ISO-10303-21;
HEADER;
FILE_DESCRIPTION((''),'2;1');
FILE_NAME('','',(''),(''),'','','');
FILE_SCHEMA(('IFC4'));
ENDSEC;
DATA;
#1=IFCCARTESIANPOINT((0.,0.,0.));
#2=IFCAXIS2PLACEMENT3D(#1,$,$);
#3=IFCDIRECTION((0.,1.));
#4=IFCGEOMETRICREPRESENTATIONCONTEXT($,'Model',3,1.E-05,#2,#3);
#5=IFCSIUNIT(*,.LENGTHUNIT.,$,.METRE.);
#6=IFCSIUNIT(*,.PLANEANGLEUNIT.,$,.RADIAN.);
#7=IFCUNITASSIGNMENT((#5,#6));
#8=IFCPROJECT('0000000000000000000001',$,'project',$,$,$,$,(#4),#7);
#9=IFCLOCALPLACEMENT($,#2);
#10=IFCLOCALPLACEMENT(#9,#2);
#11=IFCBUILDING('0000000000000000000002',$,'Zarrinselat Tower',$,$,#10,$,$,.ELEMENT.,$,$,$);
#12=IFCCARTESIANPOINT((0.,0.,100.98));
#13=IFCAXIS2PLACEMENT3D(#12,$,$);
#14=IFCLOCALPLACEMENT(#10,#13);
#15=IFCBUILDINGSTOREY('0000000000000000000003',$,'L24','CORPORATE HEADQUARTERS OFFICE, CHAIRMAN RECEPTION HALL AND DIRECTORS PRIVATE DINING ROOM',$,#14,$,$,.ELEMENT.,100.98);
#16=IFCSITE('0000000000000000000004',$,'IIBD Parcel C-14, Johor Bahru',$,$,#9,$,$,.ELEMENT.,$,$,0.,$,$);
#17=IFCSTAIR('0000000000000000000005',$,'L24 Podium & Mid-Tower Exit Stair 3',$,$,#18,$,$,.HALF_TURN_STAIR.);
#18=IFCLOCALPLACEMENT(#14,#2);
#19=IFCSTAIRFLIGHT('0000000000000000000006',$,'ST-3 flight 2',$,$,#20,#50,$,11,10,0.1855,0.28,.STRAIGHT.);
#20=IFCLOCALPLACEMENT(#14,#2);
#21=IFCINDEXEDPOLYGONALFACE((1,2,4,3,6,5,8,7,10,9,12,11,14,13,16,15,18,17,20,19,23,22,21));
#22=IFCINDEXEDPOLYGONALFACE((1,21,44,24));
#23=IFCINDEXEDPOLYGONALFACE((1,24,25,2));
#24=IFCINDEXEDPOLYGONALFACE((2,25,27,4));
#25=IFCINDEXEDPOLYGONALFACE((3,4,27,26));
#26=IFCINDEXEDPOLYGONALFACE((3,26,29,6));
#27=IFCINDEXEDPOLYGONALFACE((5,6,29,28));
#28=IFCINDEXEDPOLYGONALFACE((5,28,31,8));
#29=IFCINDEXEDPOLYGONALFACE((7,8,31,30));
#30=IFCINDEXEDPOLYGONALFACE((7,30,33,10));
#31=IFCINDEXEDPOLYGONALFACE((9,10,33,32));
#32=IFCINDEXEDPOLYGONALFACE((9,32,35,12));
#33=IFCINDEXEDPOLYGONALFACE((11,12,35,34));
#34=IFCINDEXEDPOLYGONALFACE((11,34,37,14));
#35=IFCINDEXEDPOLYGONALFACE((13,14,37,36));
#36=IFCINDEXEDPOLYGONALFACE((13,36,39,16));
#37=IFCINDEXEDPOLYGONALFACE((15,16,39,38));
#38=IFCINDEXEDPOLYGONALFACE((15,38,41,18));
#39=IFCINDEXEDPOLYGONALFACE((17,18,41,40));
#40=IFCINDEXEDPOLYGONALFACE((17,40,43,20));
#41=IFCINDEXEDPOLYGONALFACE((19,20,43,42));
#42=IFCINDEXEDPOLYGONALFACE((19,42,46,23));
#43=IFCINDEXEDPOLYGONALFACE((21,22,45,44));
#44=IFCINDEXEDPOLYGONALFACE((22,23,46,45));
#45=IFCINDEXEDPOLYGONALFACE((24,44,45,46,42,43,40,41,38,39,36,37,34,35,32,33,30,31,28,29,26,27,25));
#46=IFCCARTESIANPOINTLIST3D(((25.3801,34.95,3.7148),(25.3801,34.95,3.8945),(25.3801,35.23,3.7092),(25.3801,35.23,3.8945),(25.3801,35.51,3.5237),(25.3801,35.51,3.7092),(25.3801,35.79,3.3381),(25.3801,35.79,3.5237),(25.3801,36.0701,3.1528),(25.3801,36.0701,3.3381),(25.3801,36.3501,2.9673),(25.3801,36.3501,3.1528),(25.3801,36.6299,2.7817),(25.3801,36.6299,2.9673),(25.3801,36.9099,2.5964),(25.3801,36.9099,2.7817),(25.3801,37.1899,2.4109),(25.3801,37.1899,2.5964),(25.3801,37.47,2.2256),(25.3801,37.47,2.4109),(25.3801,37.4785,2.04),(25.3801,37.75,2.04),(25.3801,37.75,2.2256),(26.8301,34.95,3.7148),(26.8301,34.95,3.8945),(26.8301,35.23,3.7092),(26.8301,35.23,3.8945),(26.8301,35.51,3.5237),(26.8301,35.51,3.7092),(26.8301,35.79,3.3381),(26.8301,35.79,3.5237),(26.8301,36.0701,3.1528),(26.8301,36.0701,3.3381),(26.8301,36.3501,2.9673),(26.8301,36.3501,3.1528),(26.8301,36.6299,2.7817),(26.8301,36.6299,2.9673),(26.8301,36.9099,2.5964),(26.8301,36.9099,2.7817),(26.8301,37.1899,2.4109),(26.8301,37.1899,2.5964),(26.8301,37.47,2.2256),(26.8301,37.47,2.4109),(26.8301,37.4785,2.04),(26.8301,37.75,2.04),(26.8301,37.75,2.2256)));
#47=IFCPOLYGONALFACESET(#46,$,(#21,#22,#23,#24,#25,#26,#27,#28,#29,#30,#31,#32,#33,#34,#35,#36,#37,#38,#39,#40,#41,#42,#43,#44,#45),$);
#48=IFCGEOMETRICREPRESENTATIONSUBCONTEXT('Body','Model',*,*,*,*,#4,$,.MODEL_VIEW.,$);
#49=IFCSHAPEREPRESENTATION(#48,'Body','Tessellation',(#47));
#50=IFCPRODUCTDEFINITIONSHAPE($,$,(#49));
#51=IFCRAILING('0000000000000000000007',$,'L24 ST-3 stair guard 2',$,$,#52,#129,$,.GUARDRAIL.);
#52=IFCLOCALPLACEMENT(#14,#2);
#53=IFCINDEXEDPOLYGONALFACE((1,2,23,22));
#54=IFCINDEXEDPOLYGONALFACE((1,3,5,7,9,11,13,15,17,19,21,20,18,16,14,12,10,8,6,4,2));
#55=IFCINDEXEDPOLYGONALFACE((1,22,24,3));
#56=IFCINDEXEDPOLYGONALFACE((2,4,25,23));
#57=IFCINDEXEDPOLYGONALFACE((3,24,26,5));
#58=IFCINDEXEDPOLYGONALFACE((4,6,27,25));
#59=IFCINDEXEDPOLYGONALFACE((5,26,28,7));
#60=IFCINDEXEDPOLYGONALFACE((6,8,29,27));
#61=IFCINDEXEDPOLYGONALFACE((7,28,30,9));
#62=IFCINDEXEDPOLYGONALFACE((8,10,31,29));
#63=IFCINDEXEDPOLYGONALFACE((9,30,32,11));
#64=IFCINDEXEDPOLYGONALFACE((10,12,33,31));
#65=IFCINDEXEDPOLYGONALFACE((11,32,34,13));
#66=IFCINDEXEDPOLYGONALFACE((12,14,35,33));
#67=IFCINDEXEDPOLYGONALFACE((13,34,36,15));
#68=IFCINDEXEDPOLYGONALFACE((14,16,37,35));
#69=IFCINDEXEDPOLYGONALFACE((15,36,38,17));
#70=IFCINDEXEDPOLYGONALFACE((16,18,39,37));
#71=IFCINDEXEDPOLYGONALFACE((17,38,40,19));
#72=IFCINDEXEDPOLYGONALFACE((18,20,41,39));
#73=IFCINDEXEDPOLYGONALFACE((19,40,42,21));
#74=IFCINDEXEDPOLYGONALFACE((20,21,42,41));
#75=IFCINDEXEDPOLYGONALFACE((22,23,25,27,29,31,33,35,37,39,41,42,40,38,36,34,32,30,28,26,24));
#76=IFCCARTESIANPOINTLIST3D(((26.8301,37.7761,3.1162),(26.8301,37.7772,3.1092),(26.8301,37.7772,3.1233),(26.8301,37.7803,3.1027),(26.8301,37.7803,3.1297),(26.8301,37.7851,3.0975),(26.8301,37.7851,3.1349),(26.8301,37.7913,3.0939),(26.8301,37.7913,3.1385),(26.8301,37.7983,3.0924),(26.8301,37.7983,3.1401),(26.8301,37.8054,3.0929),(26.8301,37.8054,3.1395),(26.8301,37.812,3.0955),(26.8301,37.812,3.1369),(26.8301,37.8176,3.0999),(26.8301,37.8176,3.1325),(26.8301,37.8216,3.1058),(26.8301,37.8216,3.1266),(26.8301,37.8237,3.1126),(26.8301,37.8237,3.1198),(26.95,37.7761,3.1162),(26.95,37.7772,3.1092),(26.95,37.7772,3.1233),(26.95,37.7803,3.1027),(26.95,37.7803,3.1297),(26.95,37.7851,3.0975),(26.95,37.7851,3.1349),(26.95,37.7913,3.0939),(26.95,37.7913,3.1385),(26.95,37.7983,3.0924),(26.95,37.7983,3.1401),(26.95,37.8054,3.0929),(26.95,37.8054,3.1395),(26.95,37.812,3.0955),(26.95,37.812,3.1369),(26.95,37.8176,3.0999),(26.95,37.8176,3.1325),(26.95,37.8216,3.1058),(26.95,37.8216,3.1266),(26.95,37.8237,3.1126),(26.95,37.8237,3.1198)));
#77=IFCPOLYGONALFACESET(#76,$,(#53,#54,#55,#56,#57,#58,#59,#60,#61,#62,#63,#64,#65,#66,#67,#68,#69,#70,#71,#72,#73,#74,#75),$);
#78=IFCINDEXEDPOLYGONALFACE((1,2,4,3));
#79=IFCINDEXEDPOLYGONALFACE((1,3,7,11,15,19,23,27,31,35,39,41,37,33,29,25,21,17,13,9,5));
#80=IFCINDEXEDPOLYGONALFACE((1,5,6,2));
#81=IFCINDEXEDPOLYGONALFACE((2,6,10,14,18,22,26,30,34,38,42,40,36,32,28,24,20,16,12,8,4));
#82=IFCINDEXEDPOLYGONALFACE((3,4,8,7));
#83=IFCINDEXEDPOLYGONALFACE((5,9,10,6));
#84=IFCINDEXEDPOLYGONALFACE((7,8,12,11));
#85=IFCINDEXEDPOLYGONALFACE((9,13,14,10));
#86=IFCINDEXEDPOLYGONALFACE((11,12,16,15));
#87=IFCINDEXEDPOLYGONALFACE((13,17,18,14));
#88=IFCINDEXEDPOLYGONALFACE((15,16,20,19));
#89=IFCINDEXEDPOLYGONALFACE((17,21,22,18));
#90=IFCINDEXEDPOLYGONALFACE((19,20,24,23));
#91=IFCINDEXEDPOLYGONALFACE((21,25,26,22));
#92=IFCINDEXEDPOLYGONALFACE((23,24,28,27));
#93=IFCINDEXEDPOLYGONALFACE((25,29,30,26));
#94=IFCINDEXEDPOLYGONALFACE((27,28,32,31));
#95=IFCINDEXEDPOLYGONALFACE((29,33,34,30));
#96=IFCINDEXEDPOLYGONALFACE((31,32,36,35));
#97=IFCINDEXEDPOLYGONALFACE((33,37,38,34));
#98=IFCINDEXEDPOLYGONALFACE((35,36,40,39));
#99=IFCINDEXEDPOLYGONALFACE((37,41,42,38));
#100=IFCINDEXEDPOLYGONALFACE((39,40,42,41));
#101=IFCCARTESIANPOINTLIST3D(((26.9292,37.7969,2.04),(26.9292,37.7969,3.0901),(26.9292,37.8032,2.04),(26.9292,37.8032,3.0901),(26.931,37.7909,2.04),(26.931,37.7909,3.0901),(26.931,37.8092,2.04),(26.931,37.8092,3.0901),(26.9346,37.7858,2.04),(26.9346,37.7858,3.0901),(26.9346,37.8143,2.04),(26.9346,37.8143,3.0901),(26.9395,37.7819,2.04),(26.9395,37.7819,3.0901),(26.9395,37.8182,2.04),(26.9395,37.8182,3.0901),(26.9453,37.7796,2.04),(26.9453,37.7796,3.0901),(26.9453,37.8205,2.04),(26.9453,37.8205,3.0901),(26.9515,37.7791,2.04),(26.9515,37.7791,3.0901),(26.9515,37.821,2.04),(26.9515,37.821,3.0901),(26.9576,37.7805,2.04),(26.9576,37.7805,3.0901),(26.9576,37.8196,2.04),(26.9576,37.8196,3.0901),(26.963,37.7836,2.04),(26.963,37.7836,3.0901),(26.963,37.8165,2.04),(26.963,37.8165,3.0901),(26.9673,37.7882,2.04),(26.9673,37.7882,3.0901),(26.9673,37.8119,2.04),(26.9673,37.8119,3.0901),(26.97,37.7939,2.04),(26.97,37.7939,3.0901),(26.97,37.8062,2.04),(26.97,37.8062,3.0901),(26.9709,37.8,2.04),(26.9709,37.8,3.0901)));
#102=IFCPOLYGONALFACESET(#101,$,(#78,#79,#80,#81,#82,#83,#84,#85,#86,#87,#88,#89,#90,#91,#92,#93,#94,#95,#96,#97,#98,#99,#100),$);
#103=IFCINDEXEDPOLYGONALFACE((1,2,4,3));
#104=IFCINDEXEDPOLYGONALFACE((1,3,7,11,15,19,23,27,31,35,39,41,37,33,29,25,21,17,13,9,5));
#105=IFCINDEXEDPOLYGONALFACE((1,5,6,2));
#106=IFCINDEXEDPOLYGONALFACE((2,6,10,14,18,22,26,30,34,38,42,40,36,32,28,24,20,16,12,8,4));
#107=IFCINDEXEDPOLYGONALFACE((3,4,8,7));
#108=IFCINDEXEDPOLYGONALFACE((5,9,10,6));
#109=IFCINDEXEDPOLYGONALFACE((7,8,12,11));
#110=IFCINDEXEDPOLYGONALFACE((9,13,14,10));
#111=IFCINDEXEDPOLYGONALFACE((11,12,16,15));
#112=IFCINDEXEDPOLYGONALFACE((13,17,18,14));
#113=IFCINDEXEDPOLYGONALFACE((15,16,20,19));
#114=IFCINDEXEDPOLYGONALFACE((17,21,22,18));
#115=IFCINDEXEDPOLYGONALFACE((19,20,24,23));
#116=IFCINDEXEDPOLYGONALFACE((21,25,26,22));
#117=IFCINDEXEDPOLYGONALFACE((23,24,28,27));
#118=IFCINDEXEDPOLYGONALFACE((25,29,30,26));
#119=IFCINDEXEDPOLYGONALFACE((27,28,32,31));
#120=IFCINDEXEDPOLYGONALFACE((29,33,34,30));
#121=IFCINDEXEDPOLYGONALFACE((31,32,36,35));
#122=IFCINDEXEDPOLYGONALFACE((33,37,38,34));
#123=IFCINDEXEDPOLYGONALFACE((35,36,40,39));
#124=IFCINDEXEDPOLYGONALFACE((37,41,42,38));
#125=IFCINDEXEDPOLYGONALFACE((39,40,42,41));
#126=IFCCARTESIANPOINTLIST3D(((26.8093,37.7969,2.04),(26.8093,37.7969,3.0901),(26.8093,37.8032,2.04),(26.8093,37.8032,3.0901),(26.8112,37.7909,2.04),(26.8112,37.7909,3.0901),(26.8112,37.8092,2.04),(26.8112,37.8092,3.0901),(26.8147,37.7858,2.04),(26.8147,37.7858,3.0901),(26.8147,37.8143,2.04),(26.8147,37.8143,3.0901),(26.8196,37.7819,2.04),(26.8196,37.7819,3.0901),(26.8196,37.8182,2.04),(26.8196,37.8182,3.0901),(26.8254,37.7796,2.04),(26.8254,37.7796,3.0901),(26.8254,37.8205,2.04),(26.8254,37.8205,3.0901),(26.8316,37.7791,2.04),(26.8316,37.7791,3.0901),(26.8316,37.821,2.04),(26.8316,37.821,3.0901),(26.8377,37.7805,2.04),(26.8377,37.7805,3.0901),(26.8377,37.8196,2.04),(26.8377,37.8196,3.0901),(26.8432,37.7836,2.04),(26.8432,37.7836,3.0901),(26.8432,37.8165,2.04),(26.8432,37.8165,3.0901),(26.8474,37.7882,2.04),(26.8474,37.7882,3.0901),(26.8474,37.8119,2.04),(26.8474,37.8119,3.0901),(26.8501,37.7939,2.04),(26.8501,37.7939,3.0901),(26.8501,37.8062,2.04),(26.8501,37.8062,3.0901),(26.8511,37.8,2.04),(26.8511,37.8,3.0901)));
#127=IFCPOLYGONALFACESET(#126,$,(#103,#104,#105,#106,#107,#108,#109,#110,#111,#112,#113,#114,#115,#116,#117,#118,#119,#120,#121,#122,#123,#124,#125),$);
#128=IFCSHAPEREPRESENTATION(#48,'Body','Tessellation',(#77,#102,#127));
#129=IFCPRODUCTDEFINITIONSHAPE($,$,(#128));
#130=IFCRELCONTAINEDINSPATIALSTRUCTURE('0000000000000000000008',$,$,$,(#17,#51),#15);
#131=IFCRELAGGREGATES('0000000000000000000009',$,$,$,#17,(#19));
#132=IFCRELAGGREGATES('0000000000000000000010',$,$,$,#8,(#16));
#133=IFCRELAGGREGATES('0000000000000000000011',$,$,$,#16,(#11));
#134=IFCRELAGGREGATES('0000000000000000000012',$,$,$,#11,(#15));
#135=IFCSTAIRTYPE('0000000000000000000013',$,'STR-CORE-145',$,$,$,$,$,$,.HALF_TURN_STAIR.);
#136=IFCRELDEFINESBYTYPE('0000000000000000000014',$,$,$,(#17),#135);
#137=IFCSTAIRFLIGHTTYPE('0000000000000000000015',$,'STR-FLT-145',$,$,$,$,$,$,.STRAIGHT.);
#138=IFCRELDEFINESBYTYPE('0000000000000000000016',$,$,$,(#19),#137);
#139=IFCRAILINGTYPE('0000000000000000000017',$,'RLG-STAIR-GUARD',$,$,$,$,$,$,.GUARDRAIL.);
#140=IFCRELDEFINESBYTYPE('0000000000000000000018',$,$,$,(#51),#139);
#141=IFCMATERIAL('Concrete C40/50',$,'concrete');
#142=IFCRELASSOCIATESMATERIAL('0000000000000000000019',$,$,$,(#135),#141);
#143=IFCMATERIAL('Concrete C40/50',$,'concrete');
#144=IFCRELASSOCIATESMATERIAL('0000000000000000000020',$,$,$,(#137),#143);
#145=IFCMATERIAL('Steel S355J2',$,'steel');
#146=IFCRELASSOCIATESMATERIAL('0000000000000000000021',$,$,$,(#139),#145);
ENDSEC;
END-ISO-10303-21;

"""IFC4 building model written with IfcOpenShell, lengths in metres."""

from ifc_helpers import new_model, si_unit, direction, frame, origin, origin_2d, place, context, subcontext, project, spatial, polyline, circle, outline, extrude, material, type_object, element, aggregate, save


model = new_model("IFC4")

# Units and contexts
model_context = context("Model", 3, precision=1e-05, world=origin(), true_north=direction((0.0, 1.0)))
body_context = subcontext(model_context, "Body", "Model", "MODEL_VIEW")
ifc_project = project(units=[si_unit("LENGTHUNIT", "METRE"), si_unit("PLANEANGLEUNIT", "RADIAN")], contexts=[model_context])

# Site, building, storey
site_placement = place(None, origin())
site = spatial("IfcSite", under=ifc_project, at=site_placement, Name="IIBD Parcel C-14, Johor Bahru", CompositionType="ELEMENT", RefElevation=0.0)
building_placement = place(site_placement, origin())
building = spatial("IfcBuilding", under=site, at=building_placement, Name="Zarrinselat Tower", CompositionType="ELEMENT")
storey_placement = place(building_placement, frame((0.0, 0.0, 100.98)))
storey = spatial("IfcBuildingStorey", under=building, at=storey_placement, Name="L24", Description="CORPORATE HEADQUARTERS OFFICE, CHAIRMAN RECEPTION HALL AND DIRECTORS PRIVATE DINING ROOM", CompositionType="ELEMENT", Elevation=100.98)

# Stair, stair flight
ifc_material_1 = material(Name="Concrete C40/50", Category="concrete")
stair_type = type_object("IfcStairType", Name="STR-CORE-145", PredefinedType="HALF_TURN_STAIR", material=ifc_material_1)
stair_placement = place(storey_placement, origin())
stair = element("IfcStair", 1, at=stair_placement, inside=storey, type_object=stair_type, Name="L24 Podium & Mid-Tower Exit Stair 3", PredefinedType="HALF_TURN_STAIR")
ifc_material_2 = material(Name="Concrete C40/50", Category="concrete")
stair_flight_type = type_object("IfcStairFlightType", Name="STR-FLT-145", PredefinedType="STRAIGHT", material=ifc_material_2)
stair_flight_placement = place(storey_placement, frame((26.105, 37.75, 2.04), z_axis=(0.0, 0.0, 1.0), x_axis=(0.0, -1.0, 0.0)))
stair_flight = element("IfcStairFlight", 2, at=stair_flight_placement, type_object=stair_flight_type, Name="ST-3 flight 2", NumberOfRisers=11, NumberOfTreads=10, PredefinedType="STRAIGHT", RiserHeight=0.1855, TreadLength=0.28, context=body_context, shape_type="SweptSolid", body=[
    extrude(outline(polyline([(0.0, 0.0), (0.0, 0.1855), (0.28, 0.1855), (0.28, 0.3708), (0.5601, 0.3708), (0.5601, 0.5564), (0.8401, 0.5564), (0.8401, 0.7417), (1.1201, 0.7417), (1.1201, 0.9272), (1.3999, 0.9272), (1.3999, 1.1128), (1.6799, 1.1128), (1.6799, 1.2981), (1.96, 1.2981), (1.96, 1.4836), (2.24, 1.4836), (2.24, 1.6692), (2.52, 1.6692), (2.52, 1.8545), (2.8, 1.8545), (2.8, 2.04), (2.8, 1.6748), (0.2715, 0.0), (0.0, 0.0)])), frame((0.0, 0.7251, 0.0), z_axis=(0.0, -1.0, 0.0), x_axis=(1.0, 0.0, 0.0)), (0.0, 0.0, 1.0), 1.45),
])
aggregate(stair, [stair_flight])

# Railing
ifc_material_3 = material(Name="Steel S355J2", Category="steel")
railing_type_1 = type_object("IfcRailingType", Name="RLG-STAIR-GUARD", PredefinedType="GUARDRAIL", material=ifc_material_3)
railing_1_placement = place(storey_placement, frame((26.95, 37.8, 2.04)))
element("IfcRailing", 3, at=railing_1_placement, inside=storey, type_object=railing_type_1, Name="L24 ST-3 stair guard 2", PredefinedType="GUARDRAIL", context=body_context, shape_type="SweptSolid", body=[
    extrude(circle(Radius=0.0239, at=origin_2d()), frame((0.0, 0.0, 1.0762), z_axis=(-1.0, 0.0, 0.0), x_axis=(0.0, -1.0, 0.0)), (0.0, 0.0, 1.0), 0.1199),
    extrude(circle(Radius=0.021, at=origin_2d()), origin(), (0.0, 0.0, 1.0), 1.05),
    extrude(circle(Radius=0.021, at=origin_2d()), frame((-0.1199, 0.0, 0.0)), (0.0, 0.0, 1.0), 1.05),
])

save(model, "model.ifc")
